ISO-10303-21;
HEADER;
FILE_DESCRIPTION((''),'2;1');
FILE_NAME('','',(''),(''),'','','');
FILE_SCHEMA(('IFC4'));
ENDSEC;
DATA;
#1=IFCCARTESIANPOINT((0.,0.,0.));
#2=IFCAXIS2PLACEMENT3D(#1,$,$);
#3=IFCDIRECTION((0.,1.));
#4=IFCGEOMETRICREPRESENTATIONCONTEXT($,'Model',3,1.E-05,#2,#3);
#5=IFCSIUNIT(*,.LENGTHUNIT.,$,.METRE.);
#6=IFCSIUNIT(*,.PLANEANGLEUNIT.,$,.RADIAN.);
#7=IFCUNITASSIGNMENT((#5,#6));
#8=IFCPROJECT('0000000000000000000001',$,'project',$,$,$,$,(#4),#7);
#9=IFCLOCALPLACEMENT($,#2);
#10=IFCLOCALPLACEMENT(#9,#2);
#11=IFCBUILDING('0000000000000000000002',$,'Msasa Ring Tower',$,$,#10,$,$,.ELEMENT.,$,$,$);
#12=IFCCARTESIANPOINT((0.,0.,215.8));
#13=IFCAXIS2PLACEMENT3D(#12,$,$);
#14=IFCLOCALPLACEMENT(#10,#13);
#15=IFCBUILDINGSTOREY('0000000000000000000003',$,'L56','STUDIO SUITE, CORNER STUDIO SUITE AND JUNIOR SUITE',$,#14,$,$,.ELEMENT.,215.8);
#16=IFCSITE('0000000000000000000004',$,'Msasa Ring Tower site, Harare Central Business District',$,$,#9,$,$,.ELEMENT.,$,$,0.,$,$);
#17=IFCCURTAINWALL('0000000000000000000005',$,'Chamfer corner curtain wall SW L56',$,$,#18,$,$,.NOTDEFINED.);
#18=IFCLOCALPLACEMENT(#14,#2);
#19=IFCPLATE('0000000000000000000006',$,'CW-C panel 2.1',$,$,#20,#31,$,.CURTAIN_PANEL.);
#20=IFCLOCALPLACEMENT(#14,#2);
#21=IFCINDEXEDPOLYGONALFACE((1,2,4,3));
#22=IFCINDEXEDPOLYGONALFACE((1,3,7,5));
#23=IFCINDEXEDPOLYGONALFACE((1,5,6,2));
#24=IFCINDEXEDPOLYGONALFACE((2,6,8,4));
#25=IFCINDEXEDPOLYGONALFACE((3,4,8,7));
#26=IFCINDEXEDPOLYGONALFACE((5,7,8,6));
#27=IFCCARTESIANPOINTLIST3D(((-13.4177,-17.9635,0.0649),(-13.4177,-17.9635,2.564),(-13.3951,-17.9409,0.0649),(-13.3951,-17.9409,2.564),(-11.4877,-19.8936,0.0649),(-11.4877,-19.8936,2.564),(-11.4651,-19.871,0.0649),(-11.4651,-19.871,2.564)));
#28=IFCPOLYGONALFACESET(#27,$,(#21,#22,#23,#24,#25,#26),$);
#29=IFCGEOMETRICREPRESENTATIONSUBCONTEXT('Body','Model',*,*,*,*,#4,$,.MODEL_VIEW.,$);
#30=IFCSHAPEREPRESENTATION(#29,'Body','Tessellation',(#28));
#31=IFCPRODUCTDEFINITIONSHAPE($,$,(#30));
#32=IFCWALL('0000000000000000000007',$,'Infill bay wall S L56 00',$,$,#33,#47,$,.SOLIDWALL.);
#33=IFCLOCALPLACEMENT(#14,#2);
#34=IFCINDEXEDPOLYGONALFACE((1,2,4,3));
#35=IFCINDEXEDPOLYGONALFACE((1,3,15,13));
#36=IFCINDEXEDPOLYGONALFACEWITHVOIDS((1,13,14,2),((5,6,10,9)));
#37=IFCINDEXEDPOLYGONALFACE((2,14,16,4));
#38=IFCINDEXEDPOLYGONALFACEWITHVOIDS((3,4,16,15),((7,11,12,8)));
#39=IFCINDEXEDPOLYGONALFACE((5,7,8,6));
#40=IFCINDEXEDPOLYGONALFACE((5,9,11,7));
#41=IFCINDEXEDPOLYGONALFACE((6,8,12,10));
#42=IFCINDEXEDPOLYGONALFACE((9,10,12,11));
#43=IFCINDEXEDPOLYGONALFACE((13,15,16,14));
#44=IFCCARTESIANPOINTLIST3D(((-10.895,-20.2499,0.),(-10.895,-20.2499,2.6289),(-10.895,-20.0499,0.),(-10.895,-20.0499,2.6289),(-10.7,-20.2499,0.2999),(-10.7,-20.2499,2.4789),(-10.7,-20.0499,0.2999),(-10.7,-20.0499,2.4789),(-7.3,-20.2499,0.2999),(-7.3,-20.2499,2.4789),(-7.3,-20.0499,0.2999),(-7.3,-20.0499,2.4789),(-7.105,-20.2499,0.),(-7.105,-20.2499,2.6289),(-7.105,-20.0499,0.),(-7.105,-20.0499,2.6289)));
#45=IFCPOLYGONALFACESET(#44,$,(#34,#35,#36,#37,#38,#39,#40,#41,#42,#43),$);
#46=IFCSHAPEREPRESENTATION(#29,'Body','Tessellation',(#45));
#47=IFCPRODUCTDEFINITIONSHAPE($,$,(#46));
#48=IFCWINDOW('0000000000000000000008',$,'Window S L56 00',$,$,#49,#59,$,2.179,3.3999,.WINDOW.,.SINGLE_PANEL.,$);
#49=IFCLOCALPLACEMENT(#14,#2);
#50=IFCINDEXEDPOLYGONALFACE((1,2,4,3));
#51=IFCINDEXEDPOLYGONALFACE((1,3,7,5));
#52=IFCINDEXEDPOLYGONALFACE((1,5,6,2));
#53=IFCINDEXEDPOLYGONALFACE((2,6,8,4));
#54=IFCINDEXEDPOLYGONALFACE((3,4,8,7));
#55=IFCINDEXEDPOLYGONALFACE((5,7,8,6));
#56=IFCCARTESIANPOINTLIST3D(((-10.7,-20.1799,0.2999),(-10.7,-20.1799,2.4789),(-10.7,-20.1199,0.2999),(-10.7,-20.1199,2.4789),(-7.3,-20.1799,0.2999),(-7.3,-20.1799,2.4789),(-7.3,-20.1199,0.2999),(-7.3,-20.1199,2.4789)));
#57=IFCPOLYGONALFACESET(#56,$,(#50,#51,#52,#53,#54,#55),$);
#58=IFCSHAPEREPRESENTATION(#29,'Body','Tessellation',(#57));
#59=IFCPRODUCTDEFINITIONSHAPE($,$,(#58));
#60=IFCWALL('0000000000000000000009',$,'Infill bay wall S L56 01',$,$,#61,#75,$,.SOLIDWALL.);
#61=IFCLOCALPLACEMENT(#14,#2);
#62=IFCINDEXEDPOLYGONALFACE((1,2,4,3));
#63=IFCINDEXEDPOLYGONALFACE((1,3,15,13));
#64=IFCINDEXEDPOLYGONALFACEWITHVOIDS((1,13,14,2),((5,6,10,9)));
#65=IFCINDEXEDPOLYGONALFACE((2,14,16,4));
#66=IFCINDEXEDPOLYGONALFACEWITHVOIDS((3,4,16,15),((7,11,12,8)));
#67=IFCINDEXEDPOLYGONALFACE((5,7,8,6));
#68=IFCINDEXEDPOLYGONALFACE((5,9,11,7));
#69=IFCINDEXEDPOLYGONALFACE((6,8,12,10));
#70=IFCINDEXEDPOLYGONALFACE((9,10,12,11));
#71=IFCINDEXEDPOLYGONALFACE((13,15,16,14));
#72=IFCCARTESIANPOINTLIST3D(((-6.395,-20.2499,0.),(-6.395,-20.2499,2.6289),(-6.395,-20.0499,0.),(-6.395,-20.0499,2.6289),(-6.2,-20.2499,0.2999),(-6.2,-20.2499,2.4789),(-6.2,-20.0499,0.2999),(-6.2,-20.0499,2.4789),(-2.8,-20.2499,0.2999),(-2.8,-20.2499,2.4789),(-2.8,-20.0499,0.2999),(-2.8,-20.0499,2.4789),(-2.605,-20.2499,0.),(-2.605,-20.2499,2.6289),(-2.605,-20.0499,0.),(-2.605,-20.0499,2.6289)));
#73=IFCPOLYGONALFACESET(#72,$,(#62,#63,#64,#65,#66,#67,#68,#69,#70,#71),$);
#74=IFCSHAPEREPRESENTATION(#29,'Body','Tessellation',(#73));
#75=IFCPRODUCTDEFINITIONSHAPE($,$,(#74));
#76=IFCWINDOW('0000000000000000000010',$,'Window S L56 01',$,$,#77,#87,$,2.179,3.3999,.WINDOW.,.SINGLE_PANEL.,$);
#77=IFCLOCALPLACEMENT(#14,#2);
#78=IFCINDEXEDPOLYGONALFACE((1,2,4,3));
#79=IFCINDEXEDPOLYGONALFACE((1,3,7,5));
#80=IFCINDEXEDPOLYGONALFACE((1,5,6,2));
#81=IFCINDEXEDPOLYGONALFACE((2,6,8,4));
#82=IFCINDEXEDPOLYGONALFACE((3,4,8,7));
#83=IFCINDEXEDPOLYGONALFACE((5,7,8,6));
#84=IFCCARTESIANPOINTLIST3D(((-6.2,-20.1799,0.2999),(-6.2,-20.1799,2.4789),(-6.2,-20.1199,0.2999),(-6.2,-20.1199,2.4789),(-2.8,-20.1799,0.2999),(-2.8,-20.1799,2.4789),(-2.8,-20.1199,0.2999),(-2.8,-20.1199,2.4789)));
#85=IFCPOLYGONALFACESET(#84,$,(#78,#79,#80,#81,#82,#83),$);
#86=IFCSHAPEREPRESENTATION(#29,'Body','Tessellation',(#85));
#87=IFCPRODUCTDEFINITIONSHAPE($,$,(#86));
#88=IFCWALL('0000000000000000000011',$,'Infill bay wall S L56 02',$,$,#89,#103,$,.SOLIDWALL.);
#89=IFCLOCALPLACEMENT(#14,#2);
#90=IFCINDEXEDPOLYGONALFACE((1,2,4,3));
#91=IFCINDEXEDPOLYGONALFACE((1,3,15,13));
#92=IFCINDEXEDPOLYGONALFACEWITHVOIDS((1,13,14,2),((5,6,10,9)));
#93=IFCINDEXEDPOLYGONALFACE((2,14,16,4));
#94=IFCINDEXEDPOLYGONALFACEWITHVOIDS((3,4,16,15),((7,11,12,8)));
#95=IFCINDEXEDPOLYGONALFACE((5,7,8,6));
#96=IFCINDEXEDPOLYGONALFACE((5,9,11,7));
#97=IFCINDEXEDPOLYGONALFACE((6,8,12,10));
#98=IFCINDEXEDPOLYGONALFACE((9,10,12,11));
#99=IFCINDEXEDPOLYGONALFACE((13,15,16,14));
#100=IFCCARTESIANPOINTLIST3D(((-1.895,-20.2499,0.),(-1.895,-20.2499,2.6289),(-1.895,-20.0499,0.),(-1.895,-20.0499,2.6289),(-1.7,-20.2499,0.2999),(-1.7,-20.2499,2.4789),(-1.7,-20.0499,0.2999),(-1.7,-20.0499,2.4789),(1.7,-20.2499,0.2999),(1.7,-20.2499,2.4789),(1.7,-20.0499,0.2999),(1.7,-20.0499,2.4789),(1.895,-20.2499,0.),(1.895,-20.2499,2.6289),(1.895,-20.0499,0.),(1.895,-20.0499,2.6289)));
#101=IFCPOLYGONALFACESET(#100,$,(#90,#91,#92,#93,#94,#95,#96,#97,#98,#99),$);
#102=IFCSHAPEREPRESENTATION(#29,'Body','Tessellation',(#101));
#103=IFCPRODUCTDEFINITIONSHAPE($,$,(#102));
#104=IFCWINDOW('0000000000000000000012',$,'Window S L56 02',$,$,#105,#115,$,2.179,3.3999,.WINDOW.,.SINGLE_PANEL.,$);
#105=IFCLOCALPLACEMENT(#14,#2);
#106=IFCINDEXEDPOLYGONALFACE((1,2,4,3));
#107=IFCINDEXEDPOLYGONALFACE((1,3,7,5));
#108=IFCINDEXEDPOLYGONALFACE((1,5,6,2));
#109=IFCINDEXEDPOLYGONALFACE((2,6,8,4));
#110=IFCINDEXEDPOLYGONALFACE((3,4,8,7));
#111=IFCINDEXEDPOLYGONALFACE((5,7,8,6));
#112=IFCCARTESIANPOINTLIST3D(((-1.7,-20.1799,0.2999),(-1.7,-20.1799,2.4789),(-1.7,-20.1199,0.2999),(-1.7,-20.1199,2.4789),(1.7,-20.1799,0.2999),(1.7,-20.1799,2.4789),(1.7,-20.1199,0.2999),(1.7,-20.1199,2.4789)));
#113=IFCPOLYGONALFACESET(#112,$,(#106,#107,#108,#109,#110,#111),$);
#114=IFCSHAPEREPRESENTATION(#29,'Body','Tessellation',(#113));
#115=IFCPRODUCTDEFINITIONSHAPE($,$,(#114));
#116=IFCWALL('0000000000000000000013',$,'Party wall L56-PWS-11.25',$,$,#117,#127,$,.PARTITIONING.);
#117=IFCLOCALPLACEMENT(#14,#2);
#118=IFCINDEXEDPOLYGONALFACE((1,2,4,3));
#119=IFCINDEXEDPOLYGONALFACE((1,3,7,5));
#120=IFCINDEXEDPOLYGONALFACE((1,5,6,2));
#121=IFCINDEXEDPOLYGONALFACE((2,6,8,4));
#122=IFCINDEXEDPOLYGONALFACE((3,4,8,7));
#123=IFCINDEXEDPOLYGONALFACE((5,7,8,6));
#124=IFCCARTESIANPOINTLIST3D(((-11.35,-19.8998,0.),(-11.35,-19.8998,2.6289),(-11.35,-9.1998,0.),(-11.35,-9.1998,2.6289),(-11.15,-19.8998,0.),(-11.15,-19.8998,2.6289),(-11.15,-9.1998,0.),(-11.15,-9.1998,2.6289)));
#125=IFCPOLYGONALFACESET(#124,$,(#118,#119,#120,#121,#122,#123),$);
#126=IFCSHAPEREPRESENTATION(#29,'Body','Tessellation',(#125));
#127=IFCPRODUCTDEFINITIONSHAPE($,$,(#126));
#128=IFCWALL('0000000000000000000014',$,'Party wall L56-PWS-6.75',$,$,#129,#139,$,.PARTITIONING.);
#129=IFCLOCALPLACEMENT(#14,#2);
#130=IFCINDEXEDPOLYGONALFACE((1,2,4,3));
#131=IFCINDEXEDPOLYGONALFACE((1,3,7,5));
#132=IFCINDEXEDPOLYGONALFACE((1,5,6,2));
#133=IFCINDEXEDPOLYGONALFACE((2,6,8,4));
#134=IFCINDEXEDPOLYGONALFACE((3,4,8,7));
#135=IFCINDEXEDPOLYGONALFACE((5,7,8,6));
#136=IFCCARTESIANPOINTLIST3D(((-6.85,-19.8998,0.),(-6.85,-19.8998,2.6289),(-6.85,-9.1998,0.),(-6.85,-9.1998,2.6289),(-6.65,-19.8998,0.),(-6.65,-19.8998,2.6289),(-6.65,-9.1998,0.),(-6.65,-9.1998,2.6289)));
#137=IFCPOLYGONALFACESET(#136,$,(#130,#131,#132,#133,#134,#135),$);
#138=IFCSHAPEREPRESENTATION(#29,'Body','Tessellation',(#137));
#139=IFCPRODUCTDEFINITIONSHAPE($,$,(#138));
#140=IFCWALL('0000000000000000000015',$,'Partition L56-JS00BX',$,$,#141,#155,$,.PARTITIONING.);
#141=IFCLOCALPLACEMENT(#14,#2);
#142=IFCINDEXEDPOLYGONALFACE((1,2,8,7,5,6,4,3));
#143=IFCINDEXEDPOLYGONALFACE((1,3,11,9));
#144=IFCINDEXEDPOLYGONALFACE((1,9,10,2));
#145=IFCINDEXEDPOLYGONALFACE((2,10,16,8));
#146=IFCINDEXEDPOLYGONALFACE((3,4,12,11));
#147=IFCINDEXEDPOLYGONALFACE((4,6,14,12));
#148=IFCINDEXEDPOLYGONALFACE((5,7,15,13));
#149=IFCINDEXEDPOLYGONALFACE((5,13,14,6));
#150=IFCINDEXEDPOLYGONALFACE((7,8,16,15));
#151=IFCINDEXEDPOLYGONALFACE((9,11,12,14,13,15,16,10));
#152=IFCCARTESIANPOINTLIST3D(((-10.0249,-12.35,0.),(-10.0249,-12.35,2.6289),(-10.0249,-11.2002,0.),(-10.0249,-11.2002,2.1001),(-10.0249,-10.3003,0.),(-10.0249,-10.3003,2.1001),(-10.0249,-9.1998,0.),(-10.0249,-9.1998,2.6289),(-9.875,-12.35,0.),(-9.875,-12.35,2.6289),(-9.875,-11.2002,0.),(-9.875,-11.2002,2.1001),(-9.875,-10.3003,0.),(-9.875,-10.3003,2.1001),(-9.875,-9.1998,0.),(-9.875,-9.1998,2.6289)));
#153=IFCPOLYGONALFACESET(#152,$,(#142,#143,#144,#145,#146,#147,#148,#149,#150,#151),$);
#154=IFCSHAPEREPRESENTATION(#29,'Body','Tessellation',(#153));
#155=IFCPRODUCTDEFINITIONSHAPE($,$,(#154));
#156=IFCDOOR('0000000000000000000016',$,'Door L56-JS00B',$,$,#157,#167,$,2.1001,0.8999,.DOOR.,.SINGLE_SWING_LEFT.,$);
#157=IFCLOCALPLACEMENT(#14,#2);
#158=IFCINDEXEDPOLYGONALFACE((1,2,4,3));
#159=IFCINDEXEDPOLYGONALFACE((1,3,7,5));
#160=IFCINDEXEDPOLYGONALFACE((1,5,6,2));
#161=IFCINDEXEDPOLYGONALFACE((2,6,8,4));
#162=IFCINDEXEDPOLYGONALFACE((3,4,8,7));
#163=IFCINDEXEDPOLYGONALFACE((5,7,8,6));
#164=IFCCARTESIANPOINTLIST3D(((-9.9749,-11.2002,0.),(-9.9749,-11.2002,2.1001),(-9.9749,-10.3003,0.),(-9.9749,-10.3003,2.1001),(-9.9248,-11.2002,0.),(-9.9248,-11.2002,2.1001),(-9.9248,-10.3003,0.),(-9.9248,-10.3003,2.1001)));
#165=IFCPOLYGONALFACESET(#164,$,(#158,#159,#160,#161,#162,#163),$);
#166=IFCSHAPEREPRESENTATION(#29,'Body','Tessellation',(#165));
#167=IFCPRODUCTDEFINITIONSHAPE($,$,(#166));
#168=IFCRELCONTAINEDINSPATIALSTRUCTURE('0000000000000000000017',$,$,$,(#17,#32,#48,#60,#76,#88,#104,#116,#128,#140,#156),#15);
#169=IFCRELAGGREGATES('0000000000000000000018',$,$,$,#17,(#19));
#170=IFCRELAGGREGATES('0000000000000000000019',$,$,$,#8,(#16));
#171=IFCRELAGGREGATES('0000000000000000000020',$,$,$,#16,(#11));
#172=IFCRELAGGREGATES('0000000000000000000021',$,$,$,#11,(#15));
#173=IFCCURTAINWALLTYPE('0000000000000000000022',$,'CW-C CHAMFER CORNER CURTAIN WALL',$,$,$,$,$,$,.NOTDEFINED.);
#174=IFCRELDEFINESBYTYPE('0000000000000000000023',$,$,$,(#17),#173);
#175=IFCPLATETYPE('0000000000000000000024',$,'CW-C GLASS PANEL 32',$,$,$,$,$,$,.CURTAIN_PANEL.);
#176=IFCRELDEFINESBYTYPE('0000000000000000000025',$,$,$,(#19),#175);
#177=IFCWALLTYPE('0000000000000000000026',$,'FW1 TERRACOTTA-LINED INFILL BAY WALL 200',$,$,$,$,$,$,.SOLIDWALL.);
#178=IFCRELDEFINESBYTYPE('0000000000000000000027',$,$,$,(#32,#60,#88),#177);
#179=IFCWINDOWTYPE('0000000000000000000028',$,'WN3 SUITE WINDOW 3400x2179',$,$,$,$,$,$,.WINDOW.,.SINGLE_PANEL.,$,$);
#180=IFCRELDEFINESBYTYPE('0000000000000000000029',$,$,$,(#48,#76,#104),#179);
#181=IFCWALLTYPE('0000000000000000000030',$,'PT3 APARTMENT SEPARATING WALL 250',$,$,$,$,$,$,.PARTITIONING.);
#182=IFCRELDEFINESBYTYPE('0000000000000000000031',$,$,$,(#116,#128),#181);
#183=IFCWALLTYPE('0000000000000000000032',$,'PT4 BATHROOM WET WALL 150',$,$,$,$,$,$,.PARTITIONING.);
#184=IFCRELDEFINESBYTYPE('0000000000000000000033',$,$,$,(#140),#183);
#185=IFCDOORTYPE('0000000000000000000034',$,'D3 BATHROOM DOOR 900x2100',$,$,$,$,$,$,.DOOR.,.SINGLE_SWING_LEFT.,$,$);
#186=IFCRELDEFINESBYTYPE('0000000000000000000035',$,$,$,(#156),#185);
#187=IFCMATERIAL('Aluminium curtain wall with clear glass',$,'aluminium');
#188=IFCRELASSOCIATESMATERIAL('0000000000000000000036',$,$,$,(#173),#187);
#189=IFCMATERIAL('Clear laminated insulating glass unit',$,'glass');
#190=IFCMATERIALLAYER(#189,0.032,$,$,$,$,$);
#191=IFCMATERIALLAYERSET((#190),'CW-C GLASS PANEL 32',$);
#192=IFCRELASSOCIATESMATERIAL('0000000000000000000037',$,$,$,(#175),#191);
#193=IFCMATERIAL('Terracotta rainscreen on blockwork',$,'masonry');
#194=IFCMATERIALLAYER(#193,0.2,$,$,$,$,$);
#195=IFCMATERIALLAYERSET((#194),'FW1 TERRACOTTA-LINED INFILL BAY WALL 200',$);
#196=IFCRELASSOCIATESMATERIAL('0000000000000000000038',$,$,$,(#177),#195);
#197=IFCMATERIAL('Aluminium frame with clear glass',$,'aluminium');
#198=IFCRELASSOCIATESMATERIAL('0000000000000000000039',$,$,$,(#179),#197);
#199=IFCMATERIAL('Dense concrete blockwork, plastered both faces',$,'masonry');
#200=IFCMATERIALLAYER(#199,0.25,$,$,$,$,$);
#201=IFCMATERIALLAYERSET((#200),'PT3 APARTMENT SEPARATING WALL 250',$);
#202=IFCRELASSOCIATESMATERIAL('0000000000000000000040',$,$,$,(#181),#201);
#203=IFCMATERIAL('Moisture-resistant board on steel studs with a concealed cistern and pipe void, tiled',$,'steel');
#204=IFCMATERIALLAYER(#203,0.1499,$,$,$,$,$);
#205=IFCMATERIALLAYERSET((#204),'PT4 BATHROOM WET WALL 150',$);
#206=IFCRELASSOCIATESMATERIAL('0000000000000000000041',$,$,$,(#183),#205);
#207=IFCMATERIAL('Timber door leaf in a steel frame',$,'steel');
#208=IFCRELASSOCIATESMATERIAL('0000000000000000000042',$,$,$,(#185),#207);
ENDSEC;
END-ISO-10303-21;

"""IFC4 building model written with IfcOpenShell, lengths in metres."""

from ifc_helpers import new_model, si_unit, direction, frame, frame_2d, origin, origin_2d, place, context, subcontext, project, spatial, rectangle, extrude, material, layer, layer_set, type_object, element, fill, aggregate, save


model = new_model("IFC4")

# Units and contexts
model_context = context("Model", 3, precision=1e-05, world=origin(), true_north=direction((0.0, 1.0)))
body_context = subcontext(model_context, "Body", "Model", "MODEL_VIEW")
ifc_project = project(units=[si_unit("LENGTHUNIT", "METRE"), si_unit("PLANEANGLEUNIT", "RADIAN")], contexts=[model_context])

# Site, building, storey
site_placement = place(None, origin())
site = spatial("IfcSite", under=ifc_project, at=site_placement, Name="Msasa Ring Tower site, Harare Central Business District", CompositionType="ELEMENT", RefElevation=0.0)
building_placement = place(site_placement, origin())
building = spatial("IfcBuilding", under=site, at=building_placement, Name="Msasa Ring Tower", CompositionType="ELEMENT")
storey_placement = place(building_placement, frame((0.0, 0.0, 215.8)))
storey = spatial("IfcBuildingStorey", under=building, at=storey_placement, Name="L56", Description="STUDIO SUITE, CORNER STUDIO SUITE AND JUNIOR SUITE", CompositionType="ELEMENT", Elevation=215.8)

# Curtain wall
ifc_material_1 = material(Name="Aluminium curtain wall with clear glass", Category="aluminium")
curtain_wall_type = type_object("IfcCurtainWallType", Name="CW-C CHAMFER CORNER CURTAIN WALL", PredefinedType="NOTDEFINED", material=ifc_material_1)
curtain_wall_placement = place(storey_placement, origin())
curtain_wall = element("IfcCurtainWall", 1, at=curtain_wall_placement, inside=storey, type_object=curtain_wall_type, Name="Chamfer corner curtain wall SW L56", PredefinedType="NOTDEFINED")

# Plate
ifc_material_2 = material(Name="Clear laminated insulating glass unit", Category="glass")
ifc_layer_1 = layer(ifc_material_2, 0.032)
ifc_layer_set_1 = layer_set([ifc_layer_1], Name="CW-C GLASS PANEL 32")
plate_type = type_object("IfcPlateType", Name="CW-C GLASS PANEL 32", PredefinedType="CURTAIN_PANEL", material=ifc_layer_set_1)
plate_placement = place(storey_placement, frame((-12.4414, -18.9172, 0.0649), z_axis=(0.0, 0.0, 1.0), x_axis=(0.707107, -0.707107, 0.0)))
plate = element("IfcPlate", 2, at=plate_placement, type_object=plate_type, Name="CW-C panel 2.1", PredefinedType="CURTAIN_PANEL", context=body_context, shape_type="SweptSolid", body=[
    extrude(rectangle(XDim=2.7295, YDim=0.032, at=origin_2d()), origin(), (0.0, 0.0, 1.0), 2.499),
])
aggregate(curtain_wall, [plate])

# Walls, openings, windows
ifc_material_3 = material(Name="Terracotta rainscreen on blockwork", Category="masonry")
ifc_layer_2 = layer(ifc_material_3, 0.2)
ifc_layer_set_2 = layer_set([ifc_layer_2], Name="FW1 TERRACOTTA-LINED INFILL BAY WALL 200")
wall_type_1 = type_object("IfcWallType", Name="FW1 TERRACOTTA-LINED INFILL BAY WALL 200", PredefinedType="SOLIDWALL", material=ifc_layer_set_2)
wall_1_placement = place(storey_placement, frame((-10.895, -20.1499, 0.0), z_axis=(0.0, 0.0, 1.0), x_axis=(1.0, 0.0, 0.0)))
wall_1 = element("IfcWall", 3, at=wall_1_placement, inside=storey, type_object=wall_type_1, Name="Infill bay wall S L56 00", PredefinedType="SOLIDWALL", context=body_context, shape_type="SweptSolid", body=[
    extrude(rectangle(XDim=3.79, YDim=0.2, at=frame_2d((1.895, 0.0))), origin(), (0.0, 0.0, 1.0), 2.6289),
])
opening_1_placement = place(wall_1_placement, frame((0.1951, 0.0, 0.3)))
opening_1 = element("IfcOpeningElement", 4, at=opening_1_placement, cuts=wall_1, PredefinedType="OPENING", context=body_context, shape_type="SweptSolid", body=[
    extrude(rectangle(XDim=3.3999, YDim=2.179, at=frame_2d((1.7, 1.0894))), frame((0.0, 0.1099, 0.0), z_axis=(0.0, -1.0, 0.0), x_axis=(1.0, 0.0, 0.0)), (0.0, 0.0, 1.0), 0.22),
])
ifc_material_4 = material(Name="Aluminium frame with clear glass", Category="aluminium")
window_type = type_object("IfcWindowType", Name="WN3 SUITE WINDOW 3400x2179", PartitioningType="SINGLE_PANEL", PredefinedType="WINDOW", material=ifc_material_4)
window_1_placement = place(opening_1_placement, origin())
window_1 = element("IfcWindow", 5, at=window_1_placement, inside=storey, type_object=window_type, Name="Window S L56 00", OverallHeight=2.179, OverallWidth=3.3999, PartitioningType="SINGLE_PANEL", PredefinedType="WINDOW", context=body_context, shape_type="SweptSolid", body=[
    extrude(rectangle(XDim=3.3999, YDim=2.179, at=frame_2d((1.7, 1.0894))), frame((0.0, 0.03, 0.0), z_axis=(0.0, -1.0, 0.0), x_axis=(1.0, 0.0, 0.0)), (0.0, 0.0, 1.0), 0.0601),
])
fill(opening_1, window_1)
wall_2_placement = place(storey_placement, frame((-6.395, -20.1499, 0.0), z_axis=(0.0, 0.0, 1.0), x_axis=(1.0, 0.0, 0.0)))
wall_2 = element("IfcWall", 6, at=wall_2_placement, inside=storey, type_object=wall_type_1, Name="Infill bay wall S L56 01", PredefinedType="SOLIDWALL", context=body_context, shape_type="SweptSolid", body=[
    extrude(rectangle(XDim=3.79, YDim=0.2, at=frame_2d((1.895, 0.0))), origin(), (0.0, 0.0, 1.0), 2.6289),
])
opening_2_placement = place(wall_2_placement, frame((0.1951, 0.0, 0.3)))
opening_2 = element("IfcOpeningElement", 7, at=opening_2_placement, cuts=wall_2, PredefinedType="OPENING", context=body_context, shape_type="SweptSolid", body=[
    extrude(rectangle(XDim=3.3999, YDim=2.179, at=frame_2d((1.7, 1.0894))), frame((0.0, 0.1099, 0.0), z_axis=(0.0, -1.0, 0.0), x_axis=(1.0, 0.0, 0.0)), (0.0, 0.0, 1.0), 0.22),
])
window_2_placement = place(opening_2_placement, origin())
window_2 = element("IfcWindow", 8, at=window_2_placement, inside=storey, type_object=window_type, Name="Window S L56 01", OverallHeight=2.179, OverallWidth=3.3999, PartitioningType="SINGLE_PANEL", PredefinedType="WINDOW", context=body_context, shape_type="SweptSolid", body=[
    extrude(rectangle(XDim=3.3999, YDim=2.179, at=frame_2d((1.7, 1.0894))), frame((0.0, 0.03, 0.0), z_axis=(0.0, -1.0, 0.0), x_axis=(1.0, 0.0, 0.0)), (0.0, 0.0, 1.0), 0.0601),
])
fill(opening_2, window_2)
wall_3_placement = place(storey_placement, frame((-1.895, -20.1499, 0.0), z_axis=(0.0, 0.0, 1.0), x_axis=(1.0, 0.0, 0.0)))
wall_3 = element("IfcWall", 9, at=wall_3_placement, inside=storey, type_object=wall_type_1, Name="Infill bay wall S L56 02", PredefinedType="SOLIDWALL", context=body_context, shape_type="SweptSolid", body=[
    extrude(rectangle(XDim=3.79, YDim=0.2, at=frame_2d((1.895, 0.0))), origin(), (0.0, 0.0, 1.0), 2.6289),
])
opening_3_placement = place(wall_3_placement, frame((0.1951, 0.0, 0.3)))
opening_3 = element("IfcOpeningElement", 10, at=opening_3_placement, cuts=wall_3, PredefinedType="OPENING", context=body_context, shape_type="SweptSolid", body=[
    extrude(rectangle(XDim=3.3999, YDim=2.179, at=frame_2d((1.7, 1.0894))), frame((0.0, 0.1099, 0.0), z_axis=(0.0, -1.0, 0.0), x_axis=(1.0, 0.0, 0.0)), (0.0, 0.0, 1.0), 0.22),
])
window_3_placement = place(opening_3_placement, origin())
window_3 = element("IfcWindow", 11, at=window_3_placement, inside=storey, type_object=window_type, Name="Window S L56 02", OverallHeight=2.179, OverallWidth=3.3999, PartitioningType="SINGLE_PANEL", PredefinedType="WINDOW", context=body_context, shape_type="SweptSolid", body=[
    extrude(rectangle(XDim=3.3999, YDim=2.179, at=frame_2d((1.7, 1.0894))), frame((0.0, 0.03, 0.0), z_axis=(0.0, -1.0, 0.0), x_axis=(1.0, 0.0, 0.0)), (0.0, 0.0, 1.0), 0.0601),
])
fill(opening_3, window_3)

# Walls
ifc_material_5 = material(Name="Dense concrete blockwork, plastered both faces", Category="masonry")
ifc_layer_3 = layer(ifc_material_5, 0.25)
ifc_layer_set_3 = layer_set([ifc_layer_3], Name="PT3 APARTMENT SEPARATING WALL 250")
wall_type_2 = type_object("IfcWallType", Name="PT3 APARTMENT SEPARATING WALL 250", PredefinedType="PARTITIONING", material=ifc_layer_set_3)
for number, where, z_axis, x_axis, name in (
    (12, (-11.25, -19.8999, 0.0), (0.0, 0.0, 1.0), (0.0, 1.0, 0.0), "Party wall L56-PWS-11.25"),
    (13, (-6.75, -19.8999, 0.0), (0.0, 0.0, 1.0), (0.0, 1.0, 0.0), "Party wall L56-PWS-6.75"),
):
    element("IfcWall", number, at=place(storey_placement, frame(where, z_axis=z_axis, x_axis=x_axis)), inside=storey, type_object=wall_type_2, Name=name, PredefinedType="PARTITIONING", context=body_context, shape_type="SweptSolid", body=[
        extrude(rectangle(XDim=10.7, YDim=0.2, at=frame_2d((5.3501, 0.0))), origin(), (0.0, 0.0, 1.0), 2.6289),
    ])

# Wall, opening, door
ifc_material_6 = material(Name="Moisture-resistant board on steel studs with a concealed cistern and pipe void, tiled", Category="steel")
ifc_layer_4 = layer(ifc_material_6, 0.1499)
ifc_layer_set_4 = layer_set([ifc_layer_4], Name="PT4 BATHROOM WET WALL 150")
wall_type_3 = type_object("IfcWallType", Name="PT4 BATHROOM WET WALL 150", PredefinedType="PARTITIONING", material=ifc_layer_set_4)
wall_4_placement = place(storey_placement, frame((-9.95, -12.3501, 0.0), z_axis=(0.0, 0.0, 1.0), x_axis=(0.0, 1.0, 0.0)))
wall_4 = element("IfcWall", 14, at=wall_4_placement, inside=storey, type_object=wall_type_3, Name="Partition L56-JS00BX", PredefinedType="PARTITIONING", context=body_context, shape_type="SweptSolid", body=[
    extrude(rectangle(XDim=3.1501, YDim=0.1499, at=frame_2d((1.5752, 0.0))), origin(), (0.0, 0.0, 1.0), 2.6289),
])
opening_4_placement = place(wall_4_placement, frame((1.1499, 0.0, 0.0)))
opening_4 = element("IfcOpeningElement", 15, at=opening_4_placement, cuts=wall_4, PredefinedType="OPENING", context=body_context, shape_type="SweptSolid", body=[
    extrude(rectangle(XDim=0.8999, YDim=2.1001, at=frame_2d((0.45, 1.05))), frame((0.0, 0.085, 0.0), z_axis=(0.0, -1.0, 0.0), x_axis=(1.0, 0.0, 0.0)), (0.0, 0.0, 1.0), 0.1699),
])
ifc_material_7 = material(Name="Timber door leaf in a steel frame", Category="steel")
door_type = type_object("IfcDoorType", Name="D3 BATHROOM DOOR 900x2100", OperationType="SINGLE_SWING_LEFT", PredefinedType="DOOR", material=ifc_material_7)
door_1_placement = place(opening_4_placement, origin())
door_1 = element("IfcDoor", 16, at=door_1_placement, inside=storey, type_object=door_type, Name="Door L56-JS00B", OperationType="SINGLE_SWING_LEFT", OverallHeight=2.1001, OverallWidth=0.8999, PredefinedType="DOOR", context=body_context, shape_type="SweptSolid", body=[
    extrude(rectangle(XDim=0.8999, YDim=2.1001, at=frame_2d((0.45, 1.05))), frame((0.0, 0.0249, 0.0), z_axis=(0.0, -1.0, 0.0), x_axis=(1.0, 0.0, 0.0)), (0.0, 0.0, 1.0), 0.05),
])
fill(opening_4, door_1)

save(model, "model.ifc")
